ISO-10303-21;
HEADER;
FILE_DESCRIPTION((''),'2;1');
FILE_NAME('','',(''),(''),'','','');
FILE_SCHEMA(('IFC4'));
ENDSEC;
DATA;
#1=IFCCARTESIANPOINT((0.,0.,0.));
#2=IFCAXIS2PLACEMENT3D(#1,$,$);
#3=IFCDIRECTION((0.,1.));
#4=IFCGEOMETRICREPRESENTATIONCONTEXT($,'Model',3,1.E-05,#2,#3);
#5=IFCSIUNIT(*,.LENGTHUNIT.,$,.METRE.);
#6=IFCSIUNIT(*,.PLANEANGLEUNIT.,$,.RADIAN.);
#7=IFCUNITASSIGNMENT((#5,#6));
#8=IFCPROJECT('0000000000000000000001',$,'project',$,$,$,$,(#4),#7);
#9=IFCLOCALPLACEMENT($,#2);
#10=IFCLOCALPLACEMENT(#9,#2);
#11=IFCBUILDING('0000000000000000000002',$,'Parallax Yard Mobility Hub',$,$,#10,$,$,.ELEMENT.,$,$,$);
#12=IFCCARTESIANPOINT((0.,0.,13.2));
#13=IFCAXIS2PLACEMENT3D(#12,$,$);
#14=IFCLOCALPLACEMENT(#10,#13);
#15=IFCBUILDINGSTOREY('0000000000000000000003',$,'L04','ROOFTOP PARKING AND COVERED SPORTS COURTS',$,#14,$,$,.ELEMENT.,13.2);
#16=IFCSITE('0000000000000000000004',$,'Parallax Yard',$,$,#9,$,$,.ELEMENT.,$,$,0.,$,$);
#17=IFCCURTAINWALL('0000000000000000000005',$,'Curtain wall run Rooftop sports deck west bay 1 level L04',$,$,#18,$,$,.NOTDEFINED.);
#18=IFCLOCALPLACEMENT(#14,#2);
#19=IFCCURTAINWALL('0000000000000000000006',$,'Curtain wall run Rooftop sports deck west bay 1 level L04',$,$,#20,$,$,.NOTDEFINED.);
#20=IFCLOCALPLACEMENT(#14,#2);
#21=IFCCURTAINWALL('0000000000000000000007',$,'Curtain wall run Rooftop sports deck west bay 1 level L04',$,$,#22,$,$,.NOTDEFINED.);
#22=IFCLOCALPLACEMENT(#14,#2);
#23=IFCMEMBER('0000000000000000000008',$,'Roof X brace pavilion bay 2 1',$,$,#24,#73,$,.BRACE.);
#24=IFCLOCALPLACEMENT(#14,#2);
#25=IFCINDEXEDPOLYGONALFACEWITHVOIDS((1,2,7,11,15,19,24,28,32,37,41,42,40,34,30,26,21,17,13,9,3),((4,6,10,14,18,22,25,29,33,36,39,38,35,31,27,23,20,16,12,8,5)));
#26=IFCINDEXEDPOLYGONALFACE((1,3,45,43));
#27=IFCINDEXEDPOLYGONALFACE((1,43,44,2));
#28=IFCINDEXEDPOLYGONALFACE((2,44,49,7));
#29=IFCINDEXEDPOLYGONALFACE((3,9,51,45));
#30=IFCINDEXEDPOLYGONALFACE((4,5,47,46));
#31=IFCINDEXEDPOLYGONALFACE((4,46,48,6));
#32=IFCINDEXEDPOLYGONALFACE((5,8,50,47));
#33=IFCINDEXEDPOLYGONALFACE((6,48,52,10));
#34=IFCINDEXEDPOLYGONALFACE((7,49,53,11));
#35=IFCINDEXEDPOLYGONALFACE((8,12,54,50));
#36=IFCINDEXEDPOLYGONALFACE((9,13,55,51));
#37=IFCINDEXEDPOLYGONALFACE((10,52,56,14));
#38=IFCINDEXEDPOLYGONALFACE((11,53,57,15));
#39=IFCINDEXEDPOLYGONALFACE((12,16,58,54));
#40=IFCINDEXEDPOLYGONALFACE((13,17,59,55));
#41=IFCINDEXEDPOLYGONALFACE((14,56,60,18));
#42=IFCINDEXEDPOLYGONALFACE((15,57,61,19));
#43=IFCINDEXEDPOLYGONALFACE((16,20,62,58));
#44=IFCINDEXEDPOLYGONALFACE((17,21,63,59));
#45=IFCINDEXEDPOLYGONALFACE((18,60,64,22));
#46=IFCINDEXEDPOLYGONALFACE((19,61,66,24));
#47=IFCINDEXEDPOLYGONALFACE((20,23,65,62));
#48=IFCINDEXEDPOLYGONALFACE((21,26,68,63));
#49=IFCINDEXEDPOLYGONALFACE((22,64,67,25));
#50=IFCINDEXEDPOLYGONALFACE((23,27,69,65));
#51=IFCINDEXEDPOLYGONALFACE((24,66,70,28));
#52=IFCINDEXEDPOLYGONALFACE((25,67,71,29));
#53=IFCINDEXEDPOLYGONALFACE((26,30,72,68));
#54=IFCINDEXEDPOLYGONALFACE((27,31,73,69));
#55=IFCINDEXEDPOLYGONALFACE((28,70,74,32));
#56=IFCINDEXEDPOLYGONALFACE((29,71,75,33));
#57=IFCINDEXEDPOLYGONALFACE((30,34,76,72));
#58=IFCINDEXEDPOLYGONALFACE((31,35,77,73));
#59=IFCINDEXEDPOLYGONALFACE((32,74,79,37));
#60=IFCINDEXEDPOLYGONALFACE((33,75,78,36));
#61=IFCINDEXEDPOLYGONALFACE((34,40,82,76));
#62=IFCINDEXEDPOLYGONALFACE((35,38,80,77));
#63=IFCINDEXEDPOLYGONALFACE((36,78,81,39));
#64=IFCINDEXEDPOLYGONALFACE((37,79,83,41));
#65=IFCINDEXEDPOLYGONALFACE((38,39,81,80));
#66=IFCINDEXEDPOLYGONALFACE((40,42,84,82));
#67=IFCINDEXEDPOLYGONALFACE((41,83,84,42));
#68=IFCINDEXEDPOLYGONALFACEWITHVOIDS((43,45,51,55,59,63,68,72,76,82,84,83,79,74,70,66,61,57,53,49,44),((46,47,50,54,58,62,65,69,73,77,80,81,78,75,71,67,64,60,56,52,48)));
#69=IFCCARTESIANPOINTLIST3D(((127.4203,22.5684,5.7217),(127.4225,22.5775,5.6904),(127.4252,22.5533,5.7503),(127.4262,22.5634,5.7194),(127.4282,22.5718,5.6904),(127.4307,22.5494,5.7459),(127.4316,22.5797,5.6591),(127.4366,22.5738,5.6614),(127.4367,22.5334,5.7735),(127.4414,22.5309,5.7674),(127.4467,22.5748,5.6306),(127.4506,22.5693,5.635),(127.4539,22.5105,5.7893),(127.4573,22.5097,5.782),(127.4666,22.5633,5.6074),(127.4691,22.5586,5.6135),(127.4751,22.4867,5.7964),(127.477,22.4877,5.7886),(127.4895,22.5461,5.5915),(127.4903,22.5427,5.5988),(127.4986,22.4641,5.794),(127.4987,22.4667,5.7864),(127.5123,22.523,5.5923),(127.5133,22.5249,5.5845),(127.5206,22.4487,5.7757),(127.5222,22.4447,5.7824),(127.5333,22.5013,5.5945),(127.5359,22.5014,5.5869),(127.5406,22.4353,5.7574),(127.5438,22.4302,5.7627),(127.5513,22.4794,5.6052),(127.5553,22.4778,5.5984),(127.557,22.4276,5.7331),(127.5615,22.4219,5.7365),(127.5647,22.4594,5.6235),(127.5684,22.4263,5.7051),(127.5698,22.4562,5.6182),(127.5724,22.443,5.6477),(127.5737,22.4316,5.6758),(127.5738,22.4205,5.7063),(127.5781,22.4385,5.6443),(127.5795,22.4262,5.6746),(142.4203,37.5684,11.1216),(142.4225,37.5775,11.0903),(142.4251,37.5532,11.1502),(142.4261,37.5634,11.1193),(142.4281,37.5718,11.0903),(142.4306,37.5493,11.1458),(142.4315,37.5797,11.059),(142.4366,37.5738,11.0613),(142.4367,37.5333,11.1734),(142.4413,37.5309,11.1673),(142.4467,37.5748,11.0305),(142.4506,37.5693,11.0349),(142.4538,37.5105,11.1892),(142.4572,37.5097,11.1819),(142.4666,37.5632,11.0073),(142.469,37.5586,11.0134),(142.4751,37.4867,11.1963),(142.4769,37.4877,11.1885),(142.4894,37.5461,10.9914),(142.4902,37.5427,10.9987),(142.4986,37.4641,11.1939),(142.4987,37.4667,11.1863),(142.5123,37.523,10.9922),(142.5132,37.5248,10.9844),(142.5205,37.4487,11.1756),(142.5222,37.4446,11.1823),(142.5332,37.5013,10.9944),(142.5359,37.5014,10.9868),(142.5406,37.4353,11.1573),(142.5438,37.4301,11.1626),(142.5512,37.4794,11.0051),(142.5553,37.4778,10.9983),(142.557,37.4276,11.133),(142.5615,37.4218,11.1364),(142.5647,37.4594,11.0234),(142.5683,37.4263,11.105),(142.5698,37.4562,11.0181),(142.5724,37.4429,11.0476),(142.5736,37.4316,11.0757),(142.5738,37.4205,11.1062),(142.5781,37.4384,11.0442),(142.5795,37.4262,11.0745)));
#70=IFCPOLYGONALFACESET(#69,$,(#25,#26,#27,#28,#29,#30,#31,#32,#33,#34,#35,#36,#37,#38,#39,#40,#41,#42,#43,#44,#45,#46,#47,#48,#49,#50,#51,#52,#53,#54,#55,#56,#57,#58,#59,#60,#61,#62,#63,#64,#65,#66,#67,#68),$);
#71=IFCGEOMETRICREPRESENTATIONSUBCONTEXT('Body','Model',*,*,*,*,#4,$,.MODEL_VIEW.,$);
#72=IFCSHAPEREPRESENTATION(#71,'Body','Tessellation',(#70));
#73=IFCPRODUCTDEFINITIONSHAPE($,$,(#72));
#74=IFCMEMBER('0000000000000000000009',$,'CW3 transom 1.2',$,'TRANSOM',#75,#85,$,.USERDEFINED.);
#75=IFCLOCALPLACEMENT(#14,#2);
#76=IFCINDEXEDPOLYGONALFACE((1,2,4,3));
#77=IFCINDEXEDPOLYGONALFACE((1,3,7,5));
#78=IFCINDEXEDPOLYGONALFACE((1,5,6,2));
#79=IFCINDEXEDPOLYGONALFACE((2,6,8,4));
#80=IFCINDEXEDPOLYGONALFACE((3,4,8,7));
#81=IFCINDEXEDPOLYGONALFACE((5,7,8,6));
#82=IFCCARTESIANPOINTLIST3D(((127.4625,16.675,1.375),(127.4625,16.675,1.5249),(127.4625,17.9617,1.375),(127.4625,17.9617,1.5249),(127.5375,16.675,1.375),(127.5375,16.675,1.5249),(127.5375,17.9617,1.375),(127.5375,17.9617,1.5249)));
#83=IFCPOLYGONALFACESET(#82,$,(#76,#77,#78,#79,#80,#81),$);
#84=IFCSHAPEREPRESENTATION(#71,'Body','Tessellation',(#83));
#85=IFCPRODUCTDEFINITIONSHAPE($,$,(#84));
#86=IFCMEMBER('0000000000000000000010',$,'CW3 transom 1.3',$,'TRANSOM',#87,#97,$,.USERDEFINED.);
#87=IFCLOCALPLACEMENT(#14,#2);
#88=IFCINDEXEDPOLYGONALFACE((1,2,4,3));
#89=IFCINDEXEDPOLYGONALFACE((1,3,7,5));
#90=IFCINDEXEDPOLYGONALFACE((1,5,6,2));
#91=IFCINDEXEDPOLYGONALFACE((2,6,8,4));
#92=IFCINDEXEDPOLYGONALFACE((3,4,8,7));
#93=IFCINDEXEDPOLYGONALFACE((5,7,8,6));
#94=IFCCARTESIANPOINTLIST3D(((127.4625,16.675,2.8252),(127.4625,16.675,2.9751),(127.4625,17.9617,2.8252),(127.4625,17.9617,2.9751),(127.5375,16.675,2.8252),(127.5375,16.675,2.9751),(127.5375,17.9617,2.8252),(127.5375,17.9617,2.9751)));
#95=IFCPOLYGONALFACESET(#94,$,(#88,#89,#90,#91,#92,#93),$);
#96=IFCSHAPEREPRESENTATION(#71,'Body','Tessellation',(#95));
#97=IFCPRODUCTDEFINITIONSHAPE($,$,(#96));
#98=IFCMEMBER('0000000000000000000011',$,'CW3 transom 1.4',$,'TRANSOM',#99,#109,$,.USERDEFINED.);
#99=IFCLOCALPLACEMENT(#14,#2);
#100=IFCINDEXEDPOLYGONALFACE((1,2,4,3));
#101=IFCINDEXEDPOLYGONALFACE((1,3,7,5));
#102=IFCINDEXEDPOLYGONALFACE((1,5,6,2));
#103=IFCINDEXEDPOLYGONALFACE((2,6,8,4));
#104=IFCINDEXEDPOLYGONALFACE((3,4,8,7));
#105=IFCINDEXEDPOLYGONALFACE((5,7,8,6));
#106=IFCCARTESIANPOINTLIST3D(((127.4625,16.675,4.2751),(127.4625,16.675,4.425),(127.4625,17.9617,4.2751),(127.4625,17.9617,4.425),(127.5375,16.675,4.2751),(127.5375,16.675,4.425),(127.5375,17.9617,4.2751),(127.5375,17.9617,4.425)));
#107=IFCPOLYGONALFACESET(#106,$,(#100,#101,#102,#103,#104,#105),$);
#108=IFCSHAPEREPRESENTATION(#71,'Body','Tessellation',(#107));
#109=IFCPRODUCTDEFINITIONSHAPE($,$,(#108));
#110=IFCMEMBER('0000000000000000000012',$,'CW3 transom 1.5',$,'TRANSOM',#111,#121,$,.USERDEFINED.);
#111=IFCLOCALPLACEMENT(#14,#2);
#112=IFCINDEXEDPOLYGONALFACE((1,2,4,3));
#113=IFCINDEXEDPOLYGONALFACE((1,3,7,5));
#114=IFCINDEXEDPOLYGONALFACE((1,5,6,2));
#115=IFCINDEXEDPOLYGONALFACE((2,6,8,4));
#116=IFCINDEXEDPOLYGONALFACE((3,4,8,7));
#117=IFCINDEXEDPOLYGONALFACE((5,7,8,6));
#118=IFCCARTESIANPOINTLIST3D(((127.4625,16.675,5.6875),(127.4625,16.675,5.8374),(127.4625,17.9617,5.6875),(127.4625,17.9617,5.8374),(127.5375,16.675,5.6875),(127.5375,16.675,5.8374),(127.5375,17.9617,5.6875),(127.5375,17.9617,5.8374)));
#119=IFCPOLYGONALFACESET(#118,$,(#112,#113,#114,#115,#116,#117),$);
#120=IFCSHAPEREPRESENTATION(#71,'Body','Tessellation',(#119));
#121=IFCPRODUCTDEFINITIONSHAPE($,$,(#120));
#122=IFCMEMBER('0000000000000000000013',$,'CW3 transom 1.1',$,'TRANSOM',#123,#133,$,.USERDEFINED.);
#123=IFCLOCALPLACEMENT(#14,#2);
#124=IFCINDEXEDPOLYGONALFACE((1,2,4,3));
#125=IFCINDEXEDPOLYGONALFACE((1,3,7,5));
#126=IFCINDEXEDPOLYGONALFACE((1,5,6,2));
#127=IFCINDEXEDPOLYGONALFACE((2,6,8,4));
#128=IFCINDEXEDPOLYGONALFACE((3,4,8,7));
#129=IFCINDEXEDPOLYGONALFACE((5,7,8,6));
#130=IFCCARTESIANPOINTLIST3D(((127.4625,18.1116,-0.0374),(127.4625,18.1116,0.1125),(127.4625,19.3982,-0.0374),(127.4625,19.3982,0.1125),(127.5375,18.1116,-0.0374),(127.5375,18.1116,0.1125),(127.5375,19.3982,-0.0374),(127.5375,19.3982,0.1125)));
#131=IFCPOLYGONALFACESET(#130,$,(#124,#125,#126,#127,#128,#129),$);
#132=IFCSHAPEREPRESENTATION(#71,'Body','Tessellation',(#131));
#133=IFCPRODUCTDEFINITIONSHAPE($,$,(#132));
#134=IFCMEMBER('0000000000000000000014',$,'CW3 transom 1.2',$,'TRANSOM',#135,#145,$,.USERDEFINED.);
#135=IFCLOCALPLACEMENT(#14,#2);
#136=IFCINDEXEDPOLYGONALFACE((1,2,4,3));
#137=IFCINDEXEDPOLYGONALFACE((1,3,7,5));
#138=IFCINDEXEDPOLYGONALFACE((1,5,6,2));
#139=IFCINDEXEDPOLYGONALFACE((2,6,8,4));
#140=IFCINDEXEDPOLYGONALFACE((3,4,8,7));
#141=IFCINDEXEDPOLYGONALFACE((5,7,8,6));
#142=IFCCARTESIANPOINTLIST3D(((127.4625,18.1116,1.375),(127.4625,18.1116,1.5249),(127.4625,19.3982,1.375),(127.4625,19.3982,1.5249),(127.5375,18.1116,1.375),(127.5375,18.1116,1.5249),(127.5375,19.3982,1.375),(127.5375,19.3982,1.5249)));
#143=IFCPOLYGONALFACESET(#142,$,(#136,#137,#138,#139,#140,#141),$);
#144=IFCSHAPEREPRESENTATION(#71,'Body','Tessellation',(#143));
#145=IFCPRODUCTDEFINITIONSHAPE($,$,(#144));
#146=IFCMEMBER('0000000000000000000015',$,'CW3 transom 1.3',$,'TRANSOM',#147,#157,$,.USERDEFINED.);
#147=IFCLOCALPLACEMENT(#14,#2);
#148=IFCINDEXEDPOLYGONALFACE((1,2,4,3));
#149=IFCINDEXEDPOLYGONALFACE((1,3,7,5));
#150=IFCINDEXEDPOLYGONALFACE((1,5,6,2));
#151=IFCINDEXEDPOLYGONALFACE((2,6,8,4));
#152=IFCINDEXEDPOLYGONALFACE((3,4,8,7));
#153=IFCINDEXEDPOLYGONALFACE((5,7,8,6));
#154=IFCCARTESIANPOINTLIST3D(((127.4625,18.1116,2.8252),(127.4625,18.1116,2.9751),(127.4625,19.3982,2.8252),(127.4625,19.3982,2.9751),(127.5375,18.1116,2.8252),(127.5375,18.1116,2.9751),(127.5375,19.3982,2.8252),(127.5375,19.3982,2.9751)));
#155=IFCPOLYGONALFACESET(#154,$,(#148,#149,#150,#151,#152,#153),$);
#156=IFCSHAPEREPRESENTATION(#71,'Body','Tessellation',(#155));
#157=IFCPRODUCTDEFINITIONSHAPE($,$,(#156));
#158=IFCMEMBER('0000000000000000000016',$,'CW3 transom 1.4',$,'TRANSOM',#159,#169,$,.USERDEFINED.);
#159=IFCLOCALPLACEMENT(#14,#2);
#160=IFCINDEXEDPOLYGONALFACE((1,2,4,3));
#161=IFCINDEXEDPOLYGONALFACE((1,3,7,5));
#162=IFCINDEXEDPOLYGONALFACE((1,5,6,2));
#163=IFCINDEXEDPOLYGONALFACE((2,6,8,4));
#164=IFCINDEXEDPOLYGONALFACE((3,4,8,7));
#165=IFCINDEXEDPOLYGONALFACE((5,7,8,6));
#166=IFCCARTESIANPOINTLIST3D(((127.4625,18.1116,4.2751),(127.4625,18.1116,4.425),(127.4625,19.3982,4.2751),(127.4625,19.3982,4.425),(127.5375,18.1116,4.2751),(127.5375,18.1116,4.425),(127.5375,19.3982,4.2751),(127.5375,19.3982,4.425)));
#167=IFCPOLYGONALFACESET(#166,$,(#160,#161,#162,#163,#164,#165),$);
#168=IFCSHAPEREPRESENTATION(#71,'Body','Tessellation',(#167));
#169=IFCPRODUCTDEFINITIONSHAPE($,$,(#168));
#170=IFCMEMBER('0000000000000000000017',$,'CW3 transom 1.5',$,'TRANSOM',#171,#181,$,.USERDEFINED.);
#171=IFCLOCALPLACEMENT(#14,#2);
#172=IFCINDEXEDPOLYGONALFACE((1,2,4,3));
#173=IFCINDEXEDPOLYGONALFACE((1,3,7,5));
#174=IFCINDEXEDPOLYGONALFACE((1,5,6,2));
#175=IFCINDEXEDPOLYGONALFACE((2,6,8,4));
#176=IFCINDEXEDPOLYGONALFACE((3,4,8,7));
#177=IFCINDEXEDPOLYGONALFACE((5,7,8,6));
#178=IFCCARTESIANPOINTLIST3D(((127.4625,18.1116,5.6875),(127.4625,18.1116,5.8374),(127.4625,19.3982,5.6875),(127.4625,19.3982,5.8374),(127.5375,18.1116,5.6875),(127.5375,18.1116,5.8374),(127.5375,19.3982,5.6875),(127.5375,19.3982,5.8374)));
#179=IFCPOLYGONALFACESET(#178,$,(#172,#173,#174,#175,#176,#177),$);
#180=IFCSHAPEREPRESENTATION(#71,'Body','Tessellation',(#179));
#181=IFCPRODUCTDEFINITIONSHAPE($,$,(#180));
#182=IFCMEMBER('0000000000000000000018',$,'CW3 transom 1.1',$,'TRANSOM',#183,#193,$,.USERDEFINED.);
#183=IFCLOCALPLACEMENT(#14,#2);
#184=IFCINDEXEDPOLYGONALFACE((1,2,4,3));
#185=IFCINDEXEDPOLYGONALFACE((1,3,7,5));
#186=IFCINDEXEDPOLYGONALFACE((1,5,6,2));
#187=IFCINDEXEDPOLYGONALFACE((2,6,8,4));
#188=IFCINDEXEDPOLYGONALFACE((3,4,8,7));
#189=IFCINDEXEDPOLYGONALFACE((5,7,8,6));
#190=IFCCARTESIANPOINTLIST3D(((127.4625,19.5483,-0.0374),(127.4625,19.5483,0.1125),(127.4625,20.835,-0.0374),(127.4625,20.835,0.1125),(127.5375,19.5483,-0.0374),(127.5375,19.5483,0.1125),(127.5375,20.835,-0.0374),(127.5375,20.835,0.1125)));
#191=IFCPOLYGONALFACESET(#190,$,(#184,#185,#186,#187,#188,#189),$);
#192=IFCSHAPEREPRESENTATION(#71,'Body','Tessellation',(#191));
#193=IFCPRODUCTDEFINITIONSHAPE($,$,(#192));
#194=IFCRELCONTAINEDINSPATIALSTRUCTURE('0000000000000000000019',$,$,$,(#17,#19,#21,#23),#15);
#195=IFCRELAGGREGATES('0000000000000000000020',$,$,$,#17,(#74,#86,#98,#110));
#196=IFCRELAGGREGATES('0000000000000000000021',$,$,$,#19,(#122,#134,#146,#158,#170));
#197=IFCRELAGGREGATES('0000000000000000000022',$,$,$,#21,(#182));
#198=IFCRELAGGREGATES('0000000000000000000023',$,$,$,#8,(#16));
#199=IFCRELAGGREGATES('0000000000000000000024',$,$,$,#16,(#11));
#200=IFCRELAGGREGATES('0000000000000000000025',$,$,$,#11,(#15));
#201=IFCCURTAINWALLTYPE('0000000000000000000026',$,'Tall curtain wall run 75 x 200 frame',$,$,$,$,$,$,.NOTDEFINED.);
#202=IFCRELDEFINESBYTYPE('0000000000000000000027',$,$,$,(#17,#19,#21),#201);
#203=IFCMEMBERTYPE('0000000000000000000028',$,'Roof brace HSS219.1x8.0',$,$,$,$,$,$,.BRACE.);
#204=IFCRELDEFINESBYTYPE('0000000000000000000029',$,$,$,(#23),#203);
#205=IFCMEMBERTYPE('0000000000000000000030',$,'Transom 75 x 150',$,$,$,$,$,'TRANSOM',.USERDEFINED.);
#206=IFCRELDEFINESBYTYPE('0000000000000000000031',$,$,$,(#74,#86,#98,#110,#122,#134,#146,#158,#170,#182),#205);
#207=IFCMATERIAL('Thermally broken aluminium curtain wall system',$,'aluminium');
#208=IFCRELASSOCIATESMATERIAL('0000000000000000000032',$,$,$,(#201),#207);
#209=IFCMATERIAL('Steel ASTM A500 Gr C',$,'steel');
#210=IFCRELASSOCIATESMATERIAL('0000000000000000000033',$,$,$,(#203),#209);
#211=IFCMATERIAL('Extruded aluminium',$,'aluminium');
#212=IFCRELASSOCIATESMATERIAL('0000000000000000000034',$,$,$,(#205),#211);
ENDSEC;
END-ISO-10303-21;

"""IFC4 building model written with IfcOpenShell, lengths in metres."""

from ifc_helpers import new_model, si_unit, direction, frame, origin, origin_2d, place, context, subcontext, project, spatial, rectangle, hollow_circle, extrude, material, material_profile, profile_set, type_object, element, aggregate, save


model = new_model("IFC4")

# Units and contexts
model_context = context("Model", 3, precision=1e-05, world=origin(), true_north=direction((0.0, 1.0)))
body_context = subcontext(model_context, "Body", "Model", "MODEL_VIEW")
ifc_project = project(units=[si_unit("LENGTHUNIT", "METRE"), si_unit("PLANEANGLEUNIT", "RADIAN")], contexts=[model_context])

# Site, building, storey
site_placement = place(None, origin())
site = spatial("IfcSite", under=ifc_project, at=site_placement, Name="Parallax Yard", CompositionType="ELEMENT", RefElevation=0.0)
building_placement = place(site_placement, origin())
building = spatial("IfcBuilding", under=site, at=building_placement, Name="Parallax Yard Mobility Hub", CompositionType="ELEMENT")
storey_placement = place(building_placement, frame((0.0, 0.0, 13.2)))
storey = spatial("IfcBuildingStorey", under=building, at=storey_placement, Name="L04", Description="ROOFTOP PARKING AND COVERED SPORTS COURTS", CompositionType="ELEMENT", Elevation=13.2)

# Curtain wall
ifc_material_1 = material(Name="Thermally broken aluminium curtain wall system", Category="aluminium")
curtain_wall_type = type_object("IfcCurtainWallType", Name="Tall curtain wall run 75 x 200 frame", PredefinedType="NOTDEFINED", material=ifc_material_1)
curtain_wall_1_placement = place(storey_placement, origin())
curtain_wall_1 = element("IfcCurtainWall", 1, at=curtain_wall_1_placement, inside=storey, type_object=curtain_wall_type, Name="Curtain wall run Rooftop sports deck west bay 1 level L04", PredefinedType="NOTDEFINED")
ifc_material_2 = material(Name="Extruded aluminium", Category="aluminium")

# Curtain walls
curtain_wall_2_placement = place(storey_placement, origin())
curtain_wall_2 = element("IfcCurtainWall", 2, at=curtain_wall_2_placement, inside=storey, type_object=curtain_wall_type, Name="Curtain wall run Rooftop sports deck west bay 1 level L04", PredefinedType="NOTDEFINED")
curtain_wall_3_placement = place(storey_placement, origin())
curtain_wall_3 = element("IfcCurtainWall", 3, at=curtain_wall_3_placement, inside=storey, type_object=curtain_wall_type, Name="Curtain wall run Rooftop sports deck west bay 1 level L04", PredefinedType="NOTDEFINED")

# Member
ifc_material_3 = material(Name="Steel ASTM A500 Gr C", Category="steel")
ifc_material_profile_1 = material_profile(ifc_material_3, hollow_circle(Radius=0.1096, WallThickness=0.0081, at=origin_2d()), Name="HSS219.1x8.0")
ifc_profile_set_1 = profile_set([ifc_material_profile_1], Name="Steel ASTM A500 Gr C")
member_type_1 = type_object("IfcMemberType", Name="Roof brace HSS219.1x8.0", PredefinedType="BRACE", material=ifc_profile_set_1)
member_1_placement = place(storey_placement, frame((127.5, 22.5, 5.6904), z_axis=(0.685254, 0.685254, 0.246687), x_axis=(-0.707107, 0.707107, 0.0)))
element("IfcMember", 4, at=member_1_placement, inside=storey, type_object=member_type_1, Name="Roof X brace pavilion bay 2 1", PredefinedType="BRACE", context=body_context, shape_type="SweptSolid", body=[
    extrude(hollow_circle(Radius=0.1096, WallThickness=0.0081, at=origin_2d()), origin(), (0.0, 0.0, 1.0), 21.8896),
])

# Members
ifc_material_profile_2 = material_profile(ifc_material_2, rectangle(XDim=0.075, YDim=0.1499, at=origin_2d()), Name="Transom 75 x 150")
ifc_profile_set_2 = profile_set([ifc_material_profile_2], Name="Extruded aluminium")
member_type_2 = type_object("IfcMemberType", Name="Transom 75 x 150", ElementType="TRANSOM", PredefinedType="USERDEFINED", material=ifc_profile_set_2)
member_2_placement = place(storey_placement, frame((127.5, 16.675, 1.45), z_axis=(0.0, 1.0, 0.0), x_axis=(-1.0, 0.0, 0.0)))
member_2 = element("IfcMember", 5, at=member_2_placement, type_object=member_type_2, Name="CW3 transom 1.2", ObjectType="TRANSOM", PredefinedType="USERDEFINED", context=body_context, shape_type="SweptSolid", body=[
    extrude(rectangle(XDim=0.075, YDim=0.1499, at=origin_2d()), origin(), (0.0, 0.0, 1.0), 1.2866),
])
member_3_placement = place(storey_placement, frame((127.5, 16.675, 2.9001), z_axis=(0.0, 1.0, 0.0), x_axis=(-1.0, 0.0, 0.0)))
member_3 = element("IfcMember", 6, at=member_3_placement, type_object=member_type_2, Name="CW3 transom 1.3", ObjectType="TRANSOM", PredefinedType="USERDEFINED", context=body_context, shape_type="SweptSolid", body=[
    extrude(rectangle(XDim=0.075, YDim=0.1499, at=origin_2d()), origin(), (0.0, 0.0, 1.0), 1.2866),
])
member_4_placement = place(storey_placement, frame((127.5, 16.675, 4.3501), z_axis=(0.0, 1.0, 0.0), x_axis=(-1.0, 0.0, 0.0)))
member_4 = element("IfcMember", 7, at=member_4_placement, type_object=member_type_2, Name="CW3 transom 1.4", ObjectType="TRANSOM", PredefinedType="USERDEFINED", context=body_context, shape_type="SweptSolid", body=[
    extrude(rectangle(XDim=0.075, YDim=0.1499, at=origin_2d()), origin(), (0.0, 0.0, 1.0), 1.2866),
])
member_5_placement = place(storey_placement, frame((127.5, 16.675, 5.7625), z_axis=(0.0, 1.0, 0.0), x_axis=(-1.0, 0.0, 0.0)))
member_5 = element("IfcMember", 8, at=member_5_placement, type_object=member_type_2, Name="CW3 transom 1.5", ObjectType="TRANSOM", PredefinedType="USERDEFINED", context=body_context, shape_type="SweptSolid", body=[
    extrude(rectangle(XDim=0.075, YDim=0.1499, at=origin_2d()), origin(), (0.0, 0.0, 1.0), 1.2866),
])
member_6_placement = place(storey_placement, frame((127.5, 18.1116, 0.0376), z_axis=(0.0, 1.0, 0.0), x_axis=(-1.0, 0.0, 0.0)))
member_6 = element("IfcMember", 9, at=member_6_placement, type_object=member_type_2, Name="CW3 transom 1.1", ObjectType="TRANSOM", PredefinedType="USERDEFINED", context=body_context, shape_type="SweptSolid", body=[
    extrude(rectangle(XDim=0.075, YDim=0.1499, at=origin_2d()), origin(), (0.0, 0.0, 1.0), 1.2866),
])
member_7_placement = place(storey_placement, frame((127.5, 18.1116, 1.45), z_axis=(0.0, 1.0, 0.0), x_axis=(-1.0, 0.0, 0.0)))
member_7 = element("IfcMember", 10, at=member_7_placement, type_object=member_type_2, Name="CW3 transom 1.2", ObjectType="TRANSOM", PredefinedType="USERDEFINED", context=body_context, shape_type="SweptSolid", body=[
    extrude(rectangle(XDim=0.075, YDim=0.1499, at=origin_2d()), origin(), (0.0, 0.0, 1.0), 1.2866),
])
member_8_placement = place(storey_placement, frame((127.5, 18.1116, 2.9001), z_axis=(0.0, 1.0, 0.0), x_axis=(-1.0, 0.0, 0.0)))
member_8 = element("IfcMember", 11, at=member_8_placement, type_object=member_type_2, Name="CW3 transom 1.3", ObjectType="TRANSOM", PredefinedType="USERDEFINED", context=body_context, shape_type="SweptSolid", body=[
    extrude(rectangle(XDim=0.075, YDim=0.1499, at=origin_2d()), origin(), (0.0, 0.0, 1.0), 1.2866),
])
member_9_placement = place(storey_placement, frame((127.5, 18.1116, 4.3501), z_axis=(0.0, 1.0, 0.0), x_axis=(-1.0, 0.0, 0.0)))
member_9 = element("IfcMember", 12, at=member_9_placement, type_object=member_type_2, Name="CW3 transom 1.4", ObjectType="TRANSOM", PredefinedType="USERDEFINED", context=body_context, shape_type="SweptSolid", body=[
    extrude(rectangle(XDim=0.075, YDim=0.1499, at=origin_2d()), origin(), (0.0, 0.0, 1.0), 1.2866),
])
member_10_placement = place(storey_placement, frame((127.5, 18.1116, 5.7625), z_axis=(0.0, 1.0, 0.0), x_axis=(-1.0, 0.0, 0.0)))
member_10 = element("IfcMember", 13, at=member_10_placement, type_object=member_type_2, Name="CW3 transom 1.5", ObjectType="TRANSOM", PredefinedType="USERDEFINED", context=body_context, shape_type="SweptSolid", body=[
    extrude(rectangle(XDim=0.075, YDim=0.1499, at=origin_2d()), origin(), (0.0, 0.0, 1.0), 1.2866),
])
member_11_placement = place(storey_placement, frame((127.5, 19.5483, 0.0376), z_axis=(0.0, 1.0, 0.0), x_axis=(-1.0, 0.0, 0.0)))
member_11 = element("IfcMember", 14, at=member_11_placement, type_object=member_type_2, Name="CW3 transom 1.1", ObjectType="TRANSOM", PredefinedType="USERDEFINED", context=body_context, shape_type="SweptSolid", body=[
    extrude(rectangle(XDim=0.075, YDim=0.1499, at=origin_2d()), origin(), (0.0, 0.0, 1.0), 1.2866),
])

aggregate(curtain_wall_1, [member_2, member_3, member_4, member_5])
aggregate(curtain_wall_2, [member_6, member_7, member_8, member_9, member_10])
aggregate(curtain_wall_3, [member_11])

save(model, "model.ifc")
